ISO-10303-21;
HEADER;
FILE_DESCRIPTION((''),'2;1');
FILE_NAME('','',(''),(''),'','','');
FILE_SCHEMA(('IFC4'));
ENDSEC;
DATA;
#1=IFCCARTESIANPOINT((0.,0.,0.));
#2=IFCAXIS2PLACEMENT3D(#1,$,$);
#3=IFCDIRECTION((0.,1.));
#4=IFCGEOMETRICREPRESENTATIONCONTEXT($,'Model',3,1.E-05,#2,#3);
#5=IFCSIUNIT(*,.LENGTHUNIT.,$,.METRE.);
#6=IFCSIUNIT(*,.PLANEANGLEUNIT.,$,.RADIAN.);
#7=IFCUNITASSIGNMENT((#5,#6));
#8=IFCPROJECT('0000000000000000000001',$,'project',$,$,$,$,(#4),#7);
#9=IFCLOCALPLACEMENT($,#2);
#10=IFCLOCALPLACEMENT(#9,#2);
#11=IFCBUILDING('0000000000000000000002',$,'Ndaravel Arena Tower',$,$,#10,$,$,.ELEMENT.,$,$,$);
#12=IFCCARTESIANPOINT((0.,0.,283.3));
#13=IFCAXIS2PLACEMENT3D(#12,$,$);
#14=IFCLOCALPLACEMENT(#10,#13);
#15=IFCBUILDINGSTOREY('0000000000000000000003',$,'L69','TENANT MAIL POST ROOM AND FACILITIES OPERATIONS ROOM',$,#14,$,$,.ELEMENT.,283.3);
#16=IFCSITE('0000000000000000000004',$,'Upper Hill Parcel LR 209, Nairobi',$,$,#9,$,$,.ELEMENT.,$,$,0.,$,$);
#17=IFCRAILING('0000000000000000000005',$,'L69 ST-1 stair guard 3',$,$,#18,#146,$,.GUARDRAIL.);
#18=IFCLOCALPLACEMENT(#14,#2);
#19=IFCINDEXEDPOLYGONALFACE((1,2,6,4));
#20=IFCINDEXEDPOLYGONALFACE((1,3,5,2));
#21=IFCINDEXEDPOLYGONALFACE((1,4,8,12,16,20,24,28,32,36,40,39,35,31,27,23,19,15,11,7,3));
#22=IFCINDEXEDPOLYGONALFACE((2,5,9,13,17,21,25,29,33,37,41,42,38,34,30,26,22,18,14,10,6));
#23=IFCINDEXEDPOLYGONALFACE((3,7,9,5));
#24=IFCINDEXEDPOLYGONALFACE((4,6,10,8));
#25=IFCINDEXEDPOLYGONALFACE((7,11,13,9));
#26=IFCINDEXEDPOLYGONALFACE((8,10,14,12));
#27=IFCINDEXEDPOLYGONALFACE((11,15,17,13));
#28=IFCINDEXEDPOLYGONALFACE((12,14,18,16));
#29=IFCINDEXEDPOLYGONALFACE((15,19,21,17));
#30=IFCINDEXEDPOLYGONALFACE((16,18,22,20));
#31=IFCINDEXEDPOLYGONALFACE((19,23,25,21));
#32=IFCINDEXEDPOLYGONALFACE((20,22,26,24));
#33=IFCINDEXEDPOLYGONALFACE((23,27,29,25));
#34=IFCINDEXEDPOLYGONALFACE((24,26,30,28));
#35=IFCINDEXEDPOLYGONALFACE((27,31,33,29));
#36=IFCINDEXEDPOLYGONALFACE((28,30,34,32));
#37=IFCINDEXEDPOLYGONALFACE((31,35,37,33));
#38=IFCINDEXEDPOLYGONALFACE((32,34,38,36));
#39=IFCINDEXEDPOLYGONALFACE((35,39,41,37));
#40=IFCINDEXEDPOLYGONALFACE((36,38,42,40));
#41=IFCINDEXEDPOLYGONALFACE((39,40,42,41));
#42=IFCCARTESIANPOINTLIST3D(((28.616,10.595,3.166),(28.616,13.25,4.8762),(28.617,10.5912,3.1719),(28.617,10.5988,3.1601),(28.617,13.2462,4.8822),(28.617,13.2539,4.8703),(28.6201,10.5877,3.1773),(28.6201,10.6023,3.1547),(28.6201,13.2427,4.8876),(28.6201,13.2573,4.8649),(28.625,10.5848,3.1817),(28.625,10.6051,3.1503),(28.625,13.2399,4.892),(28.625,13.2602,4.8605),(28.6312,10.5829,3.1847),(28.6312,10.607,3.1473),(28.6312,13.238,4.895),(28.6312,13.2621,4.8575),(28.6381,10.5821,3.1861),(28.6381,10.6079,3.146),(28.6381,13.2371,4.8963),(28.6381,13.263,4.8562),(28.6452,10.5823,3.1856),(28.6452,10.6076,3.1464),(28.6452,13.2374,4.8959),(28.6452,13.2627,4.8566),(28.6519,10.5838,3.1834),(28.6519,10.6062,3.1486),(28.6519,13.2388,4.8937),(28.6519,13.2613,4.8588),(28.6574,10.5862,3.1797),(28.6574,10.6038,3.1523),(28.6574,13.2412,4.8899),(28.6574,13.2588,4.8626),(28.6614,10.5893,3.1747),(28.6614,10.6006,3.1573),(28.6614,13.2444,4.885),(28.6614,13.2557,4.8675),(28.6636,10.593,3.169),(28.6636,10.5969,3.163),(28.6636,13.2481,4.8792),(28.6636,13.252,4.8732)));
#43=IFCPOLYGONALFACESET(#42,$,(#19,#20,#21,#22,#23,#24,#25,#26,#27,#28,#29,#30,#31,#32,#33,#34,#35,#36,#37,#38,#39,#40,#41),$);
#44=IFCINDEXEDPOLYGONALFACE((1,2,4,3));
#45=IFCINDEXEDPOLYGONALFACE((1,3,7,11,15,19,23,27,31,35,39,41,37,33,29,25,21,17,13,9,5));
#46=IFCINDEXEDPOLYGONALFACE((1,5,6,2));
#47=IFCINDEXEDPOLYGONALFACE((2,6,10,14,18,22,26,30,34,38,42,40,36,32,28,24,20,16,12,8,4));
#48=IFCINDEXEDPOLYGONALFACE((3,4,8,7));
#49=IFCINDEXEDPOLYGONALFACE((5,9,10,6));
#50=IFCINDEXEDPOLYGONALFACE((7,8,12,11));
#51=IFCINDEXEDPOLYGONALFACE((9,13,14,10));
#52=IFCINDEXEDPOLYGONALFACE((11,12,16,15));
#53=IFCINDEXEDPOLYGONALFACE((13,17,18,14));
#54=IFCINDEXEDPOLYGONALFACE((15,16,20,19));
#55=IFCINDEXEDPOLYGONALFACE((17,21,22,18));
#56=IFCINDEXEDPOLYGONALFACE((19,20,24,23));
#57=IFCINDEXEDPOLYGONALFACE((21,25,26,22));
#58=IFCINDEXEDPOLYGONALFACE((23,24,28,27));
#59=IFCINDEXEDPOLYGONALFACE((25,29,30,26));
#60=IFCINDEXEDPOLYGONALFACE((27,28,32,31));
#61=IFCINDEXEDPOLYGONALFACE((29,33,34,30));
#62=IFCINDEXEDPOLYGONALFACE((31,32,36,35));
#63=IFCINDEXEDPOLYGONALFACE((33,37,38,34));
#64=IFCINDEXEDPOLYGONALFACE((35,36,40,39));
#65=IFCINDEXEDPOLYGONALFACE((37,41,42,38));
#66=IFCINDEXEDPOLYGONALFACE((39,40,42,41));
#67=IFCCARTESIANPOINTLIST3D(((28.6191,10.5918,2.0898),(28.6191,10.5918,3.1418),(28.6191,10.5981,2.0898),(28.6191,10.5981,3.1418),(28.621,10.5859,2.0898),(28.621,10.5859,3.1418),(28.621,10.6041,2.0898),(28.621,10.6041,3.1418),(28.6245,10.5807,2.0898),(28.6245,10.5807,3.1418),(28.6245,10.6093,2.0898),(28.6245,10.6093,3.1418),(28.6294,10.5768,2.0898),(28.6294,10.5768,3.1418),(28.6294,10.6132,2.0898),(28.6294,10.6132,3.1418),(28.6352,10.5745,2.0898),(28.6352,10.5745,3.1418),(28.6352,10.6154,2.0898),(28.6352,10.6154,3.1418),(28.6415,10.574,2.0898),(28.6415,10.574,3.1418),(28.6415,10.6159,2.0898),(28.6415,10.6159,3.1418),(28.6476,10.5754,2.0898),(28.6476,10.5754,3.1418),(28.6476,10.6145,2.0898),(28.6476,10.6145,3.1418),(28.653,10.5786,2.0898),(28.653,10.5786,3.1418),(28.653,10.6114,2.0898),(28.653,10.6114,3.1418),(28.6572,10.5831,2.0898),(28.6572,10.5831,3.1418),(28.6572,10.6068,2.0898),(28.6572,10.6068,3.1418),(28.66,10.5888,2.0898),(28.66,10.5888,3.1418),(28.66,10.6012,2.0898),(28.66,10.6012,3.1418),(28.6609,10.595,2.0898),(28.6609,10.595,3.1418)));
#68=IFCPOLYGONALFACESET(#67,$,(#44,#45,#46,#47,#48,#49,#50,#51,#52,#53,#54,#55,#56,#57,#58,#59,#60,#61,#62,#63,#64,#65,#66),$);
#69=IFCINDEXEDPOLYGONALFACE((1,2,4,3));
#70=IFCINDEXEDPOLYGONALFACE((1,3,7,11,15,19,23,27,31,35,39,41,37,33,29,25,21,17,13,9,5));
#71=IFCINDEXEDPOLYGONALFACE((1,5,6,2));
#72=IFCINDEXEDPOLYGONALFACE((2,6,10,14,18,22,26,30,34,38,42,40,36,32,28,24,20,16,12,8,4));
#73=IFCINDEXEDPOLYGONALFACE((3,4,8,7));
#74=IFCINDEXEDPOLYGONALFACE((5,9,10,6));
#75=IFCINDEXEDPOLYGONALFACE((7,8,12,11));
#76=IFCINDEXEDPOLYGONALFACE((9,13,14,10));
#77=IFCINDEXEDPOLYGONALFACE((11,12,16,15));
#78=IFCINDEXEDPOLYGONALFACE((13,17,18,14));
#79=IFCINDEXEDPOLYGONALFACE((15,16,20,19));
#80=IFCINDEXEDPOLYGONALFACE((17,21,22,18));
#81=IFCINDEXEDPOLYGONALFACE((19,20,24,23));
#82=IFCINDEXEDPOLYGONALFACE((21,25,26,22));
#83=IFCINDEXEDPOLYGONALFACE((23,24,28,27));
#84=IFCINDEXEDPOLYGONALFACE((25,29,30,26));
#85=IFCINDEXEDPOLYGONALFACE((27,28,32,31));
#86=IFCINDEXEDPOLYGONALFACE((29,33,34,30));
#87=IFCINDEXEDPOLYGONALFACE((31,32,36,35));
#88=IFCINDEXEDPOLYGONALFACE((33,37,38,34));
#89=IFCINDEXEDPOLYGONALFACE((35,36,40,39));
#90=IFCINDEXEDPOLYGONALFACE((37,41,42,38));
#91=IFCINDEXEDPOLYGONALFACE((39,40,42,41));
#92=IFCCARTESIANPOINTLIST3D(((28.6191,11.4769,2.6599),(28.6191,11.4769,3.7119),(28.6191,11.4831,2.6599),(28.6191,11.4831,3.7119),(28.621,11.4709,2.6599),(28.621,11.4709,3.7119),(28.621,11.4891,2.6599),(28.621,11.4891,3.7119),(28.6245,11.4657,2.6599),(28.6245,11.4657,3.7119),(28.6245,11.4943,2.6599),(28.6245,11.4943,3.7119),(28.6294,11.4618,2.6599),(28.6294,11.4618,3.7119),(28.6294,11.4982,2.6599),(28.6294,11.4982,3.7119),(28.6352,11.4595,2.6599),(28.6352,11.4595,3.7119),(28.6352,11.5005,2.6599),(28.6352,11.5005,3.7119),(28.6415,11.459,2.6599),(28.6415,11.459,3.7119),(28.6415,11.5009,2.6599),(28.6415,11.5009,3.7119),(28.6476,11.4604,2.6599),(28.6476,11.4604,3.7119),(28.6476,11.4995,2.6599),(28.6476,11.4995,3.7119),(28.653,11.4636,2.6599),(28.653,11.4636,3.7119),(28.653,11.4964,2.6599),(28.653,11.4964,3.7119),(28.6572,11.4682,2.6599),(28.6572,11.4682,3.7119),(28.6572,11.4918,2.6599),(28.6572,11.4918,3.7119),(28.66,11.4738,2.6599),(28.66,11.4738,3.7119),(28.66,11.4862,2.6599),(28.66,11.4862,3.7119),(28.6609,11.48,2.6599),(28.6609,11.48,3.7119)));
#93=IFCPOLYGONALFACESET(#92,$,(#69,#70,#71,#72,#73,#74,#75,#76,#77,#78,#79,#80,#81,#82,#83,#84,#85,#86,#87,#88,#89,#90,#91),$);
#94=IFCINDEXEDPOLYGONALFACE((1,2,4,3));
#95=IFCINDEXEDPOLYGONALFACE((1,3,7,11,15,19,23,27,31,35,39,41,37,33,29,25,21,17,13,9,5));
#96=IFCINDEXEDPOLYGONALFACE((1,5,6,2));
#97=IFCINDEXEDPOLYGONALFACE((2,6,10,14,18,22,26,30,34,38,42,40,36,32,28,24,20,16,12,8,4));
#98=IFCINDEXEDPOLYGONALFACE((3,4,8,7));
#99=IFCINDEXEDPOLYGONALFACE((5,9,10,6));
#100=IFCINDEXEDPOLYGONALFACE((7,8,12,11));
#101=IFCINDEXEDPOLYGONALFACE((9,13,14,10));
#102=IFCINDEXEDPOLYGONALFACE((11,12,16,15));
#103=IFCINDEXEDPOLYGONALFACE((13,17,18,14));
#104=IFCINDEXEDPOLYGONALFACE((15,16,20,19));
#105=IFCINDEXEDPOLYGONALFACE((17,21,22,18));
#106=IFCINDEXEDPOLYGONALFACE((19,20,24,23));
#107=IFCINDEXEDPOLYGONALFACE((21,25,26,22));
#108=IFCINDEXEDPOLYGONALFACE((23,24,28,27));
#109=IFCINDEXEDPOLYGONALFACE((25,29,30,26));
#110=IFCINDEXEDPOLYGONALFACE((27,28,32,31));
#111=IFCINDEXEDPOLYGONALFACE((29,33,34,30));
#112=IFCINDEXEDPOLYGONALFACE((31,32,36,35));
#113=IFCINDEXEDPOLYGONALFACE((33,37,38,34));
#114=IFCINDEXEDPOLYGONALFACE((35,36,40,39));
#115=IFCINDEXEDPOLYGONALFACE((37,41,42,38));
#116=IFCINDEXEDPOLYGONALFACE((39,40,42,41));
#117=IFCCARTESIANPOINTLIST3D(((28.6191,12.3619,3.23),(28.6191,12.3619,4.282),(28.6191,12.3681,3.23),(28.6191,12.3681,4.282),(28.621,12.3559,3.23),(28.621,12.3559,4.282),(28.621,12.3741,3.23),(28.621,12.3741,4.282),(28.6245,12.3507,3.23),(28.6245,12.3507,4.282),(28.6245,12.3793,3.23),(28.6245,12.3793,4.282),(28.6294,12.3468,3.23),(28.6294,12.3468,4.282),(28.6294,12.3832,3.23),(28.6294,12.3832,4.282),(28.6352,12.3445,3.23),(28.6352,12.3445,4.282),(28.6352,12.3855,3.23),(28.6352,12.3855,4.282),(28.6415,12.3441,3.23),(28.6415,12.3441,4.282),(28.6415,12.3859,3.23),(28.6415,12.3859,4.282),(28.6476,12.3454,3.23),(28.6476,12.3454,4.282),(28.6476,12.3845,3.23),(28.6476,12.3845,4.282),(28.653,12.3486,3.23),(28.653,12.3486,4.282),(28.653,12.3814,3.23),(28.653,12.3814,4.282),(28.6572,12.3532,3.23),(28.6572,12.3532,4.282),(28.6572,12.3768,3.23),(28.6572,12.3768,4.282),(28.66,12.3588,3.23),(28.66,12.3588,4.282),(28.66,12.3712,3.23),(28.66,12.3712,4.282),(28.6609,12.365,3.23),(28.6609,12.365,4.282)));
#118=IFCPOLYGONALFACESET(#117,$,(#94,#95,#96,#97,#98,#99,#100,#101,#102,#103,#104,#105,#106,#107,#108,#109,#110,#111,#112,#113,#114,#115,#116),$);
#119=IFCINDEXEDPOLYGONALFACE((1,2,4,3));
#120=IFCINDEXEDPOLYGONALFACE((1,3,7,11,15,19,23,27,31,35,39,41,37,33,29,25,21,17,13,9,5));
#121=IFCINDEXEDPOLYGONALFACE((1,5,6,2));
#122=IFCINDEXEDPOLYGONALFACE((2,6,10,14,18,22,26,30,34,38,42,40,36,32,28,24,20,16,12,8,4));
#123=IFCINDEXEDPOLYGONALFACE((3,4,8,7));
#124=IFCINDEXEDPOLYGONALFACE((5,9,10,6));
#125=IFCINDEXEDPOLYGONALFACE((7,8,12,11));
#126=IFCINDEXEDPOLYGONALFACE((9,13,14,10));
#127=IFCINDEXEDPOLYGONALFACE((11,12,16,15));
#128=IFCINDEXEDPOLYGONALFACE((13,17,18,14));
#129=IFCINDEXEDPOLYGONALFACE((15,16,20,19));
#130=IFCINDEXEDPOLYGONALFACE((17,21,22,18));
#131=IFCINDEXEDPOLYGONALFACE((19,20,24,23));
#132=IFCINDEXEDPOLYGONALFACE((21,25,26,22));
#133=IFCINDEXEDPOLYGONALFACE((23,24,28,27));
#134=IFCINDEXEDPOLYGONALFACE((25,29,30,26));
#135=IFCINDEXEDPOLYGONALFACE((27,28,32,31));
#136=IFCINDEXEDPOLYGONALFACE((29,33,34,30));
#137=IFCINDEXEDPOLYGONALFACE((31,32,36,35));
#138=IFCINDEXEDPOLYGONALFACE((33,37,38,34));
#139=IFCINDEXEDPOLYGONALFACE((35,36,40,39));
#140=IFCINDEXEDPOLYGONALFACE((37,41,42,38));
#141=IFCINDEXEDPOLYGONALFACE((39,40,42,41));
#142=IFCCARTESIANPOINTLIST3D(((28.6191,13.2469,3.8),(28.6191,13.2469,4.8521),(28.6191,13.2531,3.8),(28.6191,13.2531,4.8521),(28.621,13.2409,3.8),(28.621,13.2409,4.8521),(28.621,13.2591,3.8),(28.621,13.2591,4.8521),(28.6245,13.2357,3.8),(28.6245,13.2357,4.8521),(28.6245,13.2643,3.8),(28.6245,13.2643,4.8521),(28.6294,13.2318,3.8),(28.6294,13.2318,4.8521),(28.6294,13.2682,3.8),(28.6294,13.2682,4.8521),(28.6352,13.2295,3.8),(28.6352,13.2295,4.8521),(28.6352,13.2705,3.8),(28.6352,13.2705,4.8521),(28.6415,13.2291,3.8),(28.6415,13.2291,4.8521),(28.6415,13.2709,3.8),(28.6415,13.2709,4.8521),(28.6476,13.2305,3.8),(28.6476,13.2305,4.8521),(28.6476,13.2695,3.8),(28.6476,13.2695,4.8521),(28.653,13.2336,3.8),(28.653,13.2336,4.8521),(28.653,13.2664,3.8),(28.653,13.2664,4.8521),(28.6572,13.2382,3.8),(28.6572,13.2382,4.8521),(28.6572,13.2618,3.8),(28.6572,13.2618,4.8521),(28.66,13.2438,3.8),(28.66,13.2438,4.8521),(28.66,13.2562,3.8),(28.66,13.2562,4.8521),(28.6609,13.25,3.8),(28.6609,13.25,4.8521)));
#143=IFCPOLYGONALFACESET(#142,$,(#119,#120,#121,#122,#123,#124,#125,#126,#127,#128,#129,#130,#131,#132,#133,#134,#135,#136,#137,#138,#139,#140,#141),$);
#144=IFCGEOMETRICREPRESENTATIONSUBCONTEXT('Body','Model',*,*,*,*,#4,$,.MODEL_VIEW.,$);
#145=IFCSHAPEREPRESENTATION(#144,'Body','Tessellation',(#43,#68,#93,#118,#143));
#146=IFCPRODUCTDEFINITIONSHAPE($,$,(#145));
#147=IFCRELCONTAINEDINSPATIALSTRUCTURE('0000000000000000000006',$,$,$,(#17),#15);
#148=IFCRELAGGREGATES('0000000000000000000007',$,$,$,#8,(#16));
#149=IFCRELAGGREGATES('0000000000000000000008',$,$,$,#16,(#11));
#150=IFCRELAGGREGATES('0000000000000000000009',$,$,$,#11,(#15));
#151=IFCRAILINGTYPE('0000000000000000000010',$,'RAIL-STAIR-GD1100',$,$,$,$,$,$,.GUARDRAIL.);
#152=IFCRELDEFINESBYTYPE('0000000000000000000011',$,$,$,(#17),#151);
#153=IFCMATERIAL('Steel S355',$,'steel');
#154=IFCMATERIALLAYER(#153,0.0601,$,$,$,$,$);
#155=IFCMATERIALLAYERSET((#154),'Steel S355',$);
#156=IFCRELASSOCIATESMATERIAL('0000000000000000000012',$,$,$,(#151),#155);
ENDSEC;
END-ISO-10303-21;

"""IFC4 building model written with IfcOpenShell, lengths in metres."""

from ifc_helpers import new_model, si_unit, direction, frame, origin, origin_2d, place, context, subcontext, project, spatial, circle, extrude, material, layer, layer_set, type_object, element, save


model = new_model("IFC4")

# Units and contexts
model_context = context("Model", 3, precision=1e-05, world=origin(), true_north=direction((0.0, 1.0)))
body_context = subcontext(model_context, "Body", "Model", "MODEL_VIEW")
ifc_project = project(units=[si_unit("LENGTHUNIT", "METRE"), si_unit("PLANEANGLEUNIT", "RADIAN")], contexts=[model_context])

# Site, building, storey
site_placement = place(None, origin())
site = spatial("IfcSite", under=ifc_project, at=site_placement, Name="Upper Hill Parcel LR 209, Nairobi", CompositionType="ELEMENT", RefElevation=0.0)
building_placement = place(site_placement, origin())
building = spatial("IfcBuilding", under=site, at=building_placement, Name="Ndaravel Arena Tower", CompositionType="ELEMENT")
storey_placement = place(building_placement, frame((0.0, 0.0, 283.3)))
storey = spatial("IfcBuildingStorey", under=building, at=storey_placement, Name="L69", Description="TENANT MAIL POST ROOM AND FACILITIES OPERATIONS ROOM", CompositionType="ELEMENT", Elevation=283.3)

# Railing
ifc_material_1 = material(Name="Steel S355", Category="steel")
ifc_layer_1 = layer(ifc_material_1, 0.0601)
ifc_layer_set_1 = layer_set([ifc_layer_1], Name="Steel S355")
railing_type_1 = type_object("IfcRailingType", Name="RAIL-STAIR-GD1100", PredefinedType="GUARDRAIL", material=ifc_layer_set_1)
railing_1_placement = place(storey_placement, frame((28.6399, 10.595, 2.0898)))
element("IfcRailing", 1, at=railing_1_placement, inside=storey, type_object=railing_type_1, Name="L69 ST-1 stair guard 3", PredefinedType="GUARDRAIL", context=body_context, shape_type="SweptSolid", body=[
    extrude(circle(Radius=0.0239, at=origin_2d()), frame((0.0, 0.0, 1.0762), z_axis=(0.0, 0.840688, 0.541519), x_axis=(-1.0, 0.0, 0.0)), (0.0, 0.0, 1.0), 3.1582),
    extrude(circle(Radius=0.021, at=origin_2d()), origin(), (0.0, 0.0, 1.0), 1.052),
    extrude(circle(Radius=0.021, at=origin_2d()), frame((0.0, 0.885, 0.5701)), (0.0, 0.0, 1.0), 1.052),
    extrude(circle(Radius=0.021, at=origin_2d()), frame((0.0, 1.77, 1.1401)), (0.0, 0.0, 1.0), 1.052),
    extrude(circle(Radius=0.021, at=origin_2d()), frame((0.0, 2.655, 1.7102)), (0.0, 0.0, 1.0), 1.052),
])

save(model, "model.ifc")
